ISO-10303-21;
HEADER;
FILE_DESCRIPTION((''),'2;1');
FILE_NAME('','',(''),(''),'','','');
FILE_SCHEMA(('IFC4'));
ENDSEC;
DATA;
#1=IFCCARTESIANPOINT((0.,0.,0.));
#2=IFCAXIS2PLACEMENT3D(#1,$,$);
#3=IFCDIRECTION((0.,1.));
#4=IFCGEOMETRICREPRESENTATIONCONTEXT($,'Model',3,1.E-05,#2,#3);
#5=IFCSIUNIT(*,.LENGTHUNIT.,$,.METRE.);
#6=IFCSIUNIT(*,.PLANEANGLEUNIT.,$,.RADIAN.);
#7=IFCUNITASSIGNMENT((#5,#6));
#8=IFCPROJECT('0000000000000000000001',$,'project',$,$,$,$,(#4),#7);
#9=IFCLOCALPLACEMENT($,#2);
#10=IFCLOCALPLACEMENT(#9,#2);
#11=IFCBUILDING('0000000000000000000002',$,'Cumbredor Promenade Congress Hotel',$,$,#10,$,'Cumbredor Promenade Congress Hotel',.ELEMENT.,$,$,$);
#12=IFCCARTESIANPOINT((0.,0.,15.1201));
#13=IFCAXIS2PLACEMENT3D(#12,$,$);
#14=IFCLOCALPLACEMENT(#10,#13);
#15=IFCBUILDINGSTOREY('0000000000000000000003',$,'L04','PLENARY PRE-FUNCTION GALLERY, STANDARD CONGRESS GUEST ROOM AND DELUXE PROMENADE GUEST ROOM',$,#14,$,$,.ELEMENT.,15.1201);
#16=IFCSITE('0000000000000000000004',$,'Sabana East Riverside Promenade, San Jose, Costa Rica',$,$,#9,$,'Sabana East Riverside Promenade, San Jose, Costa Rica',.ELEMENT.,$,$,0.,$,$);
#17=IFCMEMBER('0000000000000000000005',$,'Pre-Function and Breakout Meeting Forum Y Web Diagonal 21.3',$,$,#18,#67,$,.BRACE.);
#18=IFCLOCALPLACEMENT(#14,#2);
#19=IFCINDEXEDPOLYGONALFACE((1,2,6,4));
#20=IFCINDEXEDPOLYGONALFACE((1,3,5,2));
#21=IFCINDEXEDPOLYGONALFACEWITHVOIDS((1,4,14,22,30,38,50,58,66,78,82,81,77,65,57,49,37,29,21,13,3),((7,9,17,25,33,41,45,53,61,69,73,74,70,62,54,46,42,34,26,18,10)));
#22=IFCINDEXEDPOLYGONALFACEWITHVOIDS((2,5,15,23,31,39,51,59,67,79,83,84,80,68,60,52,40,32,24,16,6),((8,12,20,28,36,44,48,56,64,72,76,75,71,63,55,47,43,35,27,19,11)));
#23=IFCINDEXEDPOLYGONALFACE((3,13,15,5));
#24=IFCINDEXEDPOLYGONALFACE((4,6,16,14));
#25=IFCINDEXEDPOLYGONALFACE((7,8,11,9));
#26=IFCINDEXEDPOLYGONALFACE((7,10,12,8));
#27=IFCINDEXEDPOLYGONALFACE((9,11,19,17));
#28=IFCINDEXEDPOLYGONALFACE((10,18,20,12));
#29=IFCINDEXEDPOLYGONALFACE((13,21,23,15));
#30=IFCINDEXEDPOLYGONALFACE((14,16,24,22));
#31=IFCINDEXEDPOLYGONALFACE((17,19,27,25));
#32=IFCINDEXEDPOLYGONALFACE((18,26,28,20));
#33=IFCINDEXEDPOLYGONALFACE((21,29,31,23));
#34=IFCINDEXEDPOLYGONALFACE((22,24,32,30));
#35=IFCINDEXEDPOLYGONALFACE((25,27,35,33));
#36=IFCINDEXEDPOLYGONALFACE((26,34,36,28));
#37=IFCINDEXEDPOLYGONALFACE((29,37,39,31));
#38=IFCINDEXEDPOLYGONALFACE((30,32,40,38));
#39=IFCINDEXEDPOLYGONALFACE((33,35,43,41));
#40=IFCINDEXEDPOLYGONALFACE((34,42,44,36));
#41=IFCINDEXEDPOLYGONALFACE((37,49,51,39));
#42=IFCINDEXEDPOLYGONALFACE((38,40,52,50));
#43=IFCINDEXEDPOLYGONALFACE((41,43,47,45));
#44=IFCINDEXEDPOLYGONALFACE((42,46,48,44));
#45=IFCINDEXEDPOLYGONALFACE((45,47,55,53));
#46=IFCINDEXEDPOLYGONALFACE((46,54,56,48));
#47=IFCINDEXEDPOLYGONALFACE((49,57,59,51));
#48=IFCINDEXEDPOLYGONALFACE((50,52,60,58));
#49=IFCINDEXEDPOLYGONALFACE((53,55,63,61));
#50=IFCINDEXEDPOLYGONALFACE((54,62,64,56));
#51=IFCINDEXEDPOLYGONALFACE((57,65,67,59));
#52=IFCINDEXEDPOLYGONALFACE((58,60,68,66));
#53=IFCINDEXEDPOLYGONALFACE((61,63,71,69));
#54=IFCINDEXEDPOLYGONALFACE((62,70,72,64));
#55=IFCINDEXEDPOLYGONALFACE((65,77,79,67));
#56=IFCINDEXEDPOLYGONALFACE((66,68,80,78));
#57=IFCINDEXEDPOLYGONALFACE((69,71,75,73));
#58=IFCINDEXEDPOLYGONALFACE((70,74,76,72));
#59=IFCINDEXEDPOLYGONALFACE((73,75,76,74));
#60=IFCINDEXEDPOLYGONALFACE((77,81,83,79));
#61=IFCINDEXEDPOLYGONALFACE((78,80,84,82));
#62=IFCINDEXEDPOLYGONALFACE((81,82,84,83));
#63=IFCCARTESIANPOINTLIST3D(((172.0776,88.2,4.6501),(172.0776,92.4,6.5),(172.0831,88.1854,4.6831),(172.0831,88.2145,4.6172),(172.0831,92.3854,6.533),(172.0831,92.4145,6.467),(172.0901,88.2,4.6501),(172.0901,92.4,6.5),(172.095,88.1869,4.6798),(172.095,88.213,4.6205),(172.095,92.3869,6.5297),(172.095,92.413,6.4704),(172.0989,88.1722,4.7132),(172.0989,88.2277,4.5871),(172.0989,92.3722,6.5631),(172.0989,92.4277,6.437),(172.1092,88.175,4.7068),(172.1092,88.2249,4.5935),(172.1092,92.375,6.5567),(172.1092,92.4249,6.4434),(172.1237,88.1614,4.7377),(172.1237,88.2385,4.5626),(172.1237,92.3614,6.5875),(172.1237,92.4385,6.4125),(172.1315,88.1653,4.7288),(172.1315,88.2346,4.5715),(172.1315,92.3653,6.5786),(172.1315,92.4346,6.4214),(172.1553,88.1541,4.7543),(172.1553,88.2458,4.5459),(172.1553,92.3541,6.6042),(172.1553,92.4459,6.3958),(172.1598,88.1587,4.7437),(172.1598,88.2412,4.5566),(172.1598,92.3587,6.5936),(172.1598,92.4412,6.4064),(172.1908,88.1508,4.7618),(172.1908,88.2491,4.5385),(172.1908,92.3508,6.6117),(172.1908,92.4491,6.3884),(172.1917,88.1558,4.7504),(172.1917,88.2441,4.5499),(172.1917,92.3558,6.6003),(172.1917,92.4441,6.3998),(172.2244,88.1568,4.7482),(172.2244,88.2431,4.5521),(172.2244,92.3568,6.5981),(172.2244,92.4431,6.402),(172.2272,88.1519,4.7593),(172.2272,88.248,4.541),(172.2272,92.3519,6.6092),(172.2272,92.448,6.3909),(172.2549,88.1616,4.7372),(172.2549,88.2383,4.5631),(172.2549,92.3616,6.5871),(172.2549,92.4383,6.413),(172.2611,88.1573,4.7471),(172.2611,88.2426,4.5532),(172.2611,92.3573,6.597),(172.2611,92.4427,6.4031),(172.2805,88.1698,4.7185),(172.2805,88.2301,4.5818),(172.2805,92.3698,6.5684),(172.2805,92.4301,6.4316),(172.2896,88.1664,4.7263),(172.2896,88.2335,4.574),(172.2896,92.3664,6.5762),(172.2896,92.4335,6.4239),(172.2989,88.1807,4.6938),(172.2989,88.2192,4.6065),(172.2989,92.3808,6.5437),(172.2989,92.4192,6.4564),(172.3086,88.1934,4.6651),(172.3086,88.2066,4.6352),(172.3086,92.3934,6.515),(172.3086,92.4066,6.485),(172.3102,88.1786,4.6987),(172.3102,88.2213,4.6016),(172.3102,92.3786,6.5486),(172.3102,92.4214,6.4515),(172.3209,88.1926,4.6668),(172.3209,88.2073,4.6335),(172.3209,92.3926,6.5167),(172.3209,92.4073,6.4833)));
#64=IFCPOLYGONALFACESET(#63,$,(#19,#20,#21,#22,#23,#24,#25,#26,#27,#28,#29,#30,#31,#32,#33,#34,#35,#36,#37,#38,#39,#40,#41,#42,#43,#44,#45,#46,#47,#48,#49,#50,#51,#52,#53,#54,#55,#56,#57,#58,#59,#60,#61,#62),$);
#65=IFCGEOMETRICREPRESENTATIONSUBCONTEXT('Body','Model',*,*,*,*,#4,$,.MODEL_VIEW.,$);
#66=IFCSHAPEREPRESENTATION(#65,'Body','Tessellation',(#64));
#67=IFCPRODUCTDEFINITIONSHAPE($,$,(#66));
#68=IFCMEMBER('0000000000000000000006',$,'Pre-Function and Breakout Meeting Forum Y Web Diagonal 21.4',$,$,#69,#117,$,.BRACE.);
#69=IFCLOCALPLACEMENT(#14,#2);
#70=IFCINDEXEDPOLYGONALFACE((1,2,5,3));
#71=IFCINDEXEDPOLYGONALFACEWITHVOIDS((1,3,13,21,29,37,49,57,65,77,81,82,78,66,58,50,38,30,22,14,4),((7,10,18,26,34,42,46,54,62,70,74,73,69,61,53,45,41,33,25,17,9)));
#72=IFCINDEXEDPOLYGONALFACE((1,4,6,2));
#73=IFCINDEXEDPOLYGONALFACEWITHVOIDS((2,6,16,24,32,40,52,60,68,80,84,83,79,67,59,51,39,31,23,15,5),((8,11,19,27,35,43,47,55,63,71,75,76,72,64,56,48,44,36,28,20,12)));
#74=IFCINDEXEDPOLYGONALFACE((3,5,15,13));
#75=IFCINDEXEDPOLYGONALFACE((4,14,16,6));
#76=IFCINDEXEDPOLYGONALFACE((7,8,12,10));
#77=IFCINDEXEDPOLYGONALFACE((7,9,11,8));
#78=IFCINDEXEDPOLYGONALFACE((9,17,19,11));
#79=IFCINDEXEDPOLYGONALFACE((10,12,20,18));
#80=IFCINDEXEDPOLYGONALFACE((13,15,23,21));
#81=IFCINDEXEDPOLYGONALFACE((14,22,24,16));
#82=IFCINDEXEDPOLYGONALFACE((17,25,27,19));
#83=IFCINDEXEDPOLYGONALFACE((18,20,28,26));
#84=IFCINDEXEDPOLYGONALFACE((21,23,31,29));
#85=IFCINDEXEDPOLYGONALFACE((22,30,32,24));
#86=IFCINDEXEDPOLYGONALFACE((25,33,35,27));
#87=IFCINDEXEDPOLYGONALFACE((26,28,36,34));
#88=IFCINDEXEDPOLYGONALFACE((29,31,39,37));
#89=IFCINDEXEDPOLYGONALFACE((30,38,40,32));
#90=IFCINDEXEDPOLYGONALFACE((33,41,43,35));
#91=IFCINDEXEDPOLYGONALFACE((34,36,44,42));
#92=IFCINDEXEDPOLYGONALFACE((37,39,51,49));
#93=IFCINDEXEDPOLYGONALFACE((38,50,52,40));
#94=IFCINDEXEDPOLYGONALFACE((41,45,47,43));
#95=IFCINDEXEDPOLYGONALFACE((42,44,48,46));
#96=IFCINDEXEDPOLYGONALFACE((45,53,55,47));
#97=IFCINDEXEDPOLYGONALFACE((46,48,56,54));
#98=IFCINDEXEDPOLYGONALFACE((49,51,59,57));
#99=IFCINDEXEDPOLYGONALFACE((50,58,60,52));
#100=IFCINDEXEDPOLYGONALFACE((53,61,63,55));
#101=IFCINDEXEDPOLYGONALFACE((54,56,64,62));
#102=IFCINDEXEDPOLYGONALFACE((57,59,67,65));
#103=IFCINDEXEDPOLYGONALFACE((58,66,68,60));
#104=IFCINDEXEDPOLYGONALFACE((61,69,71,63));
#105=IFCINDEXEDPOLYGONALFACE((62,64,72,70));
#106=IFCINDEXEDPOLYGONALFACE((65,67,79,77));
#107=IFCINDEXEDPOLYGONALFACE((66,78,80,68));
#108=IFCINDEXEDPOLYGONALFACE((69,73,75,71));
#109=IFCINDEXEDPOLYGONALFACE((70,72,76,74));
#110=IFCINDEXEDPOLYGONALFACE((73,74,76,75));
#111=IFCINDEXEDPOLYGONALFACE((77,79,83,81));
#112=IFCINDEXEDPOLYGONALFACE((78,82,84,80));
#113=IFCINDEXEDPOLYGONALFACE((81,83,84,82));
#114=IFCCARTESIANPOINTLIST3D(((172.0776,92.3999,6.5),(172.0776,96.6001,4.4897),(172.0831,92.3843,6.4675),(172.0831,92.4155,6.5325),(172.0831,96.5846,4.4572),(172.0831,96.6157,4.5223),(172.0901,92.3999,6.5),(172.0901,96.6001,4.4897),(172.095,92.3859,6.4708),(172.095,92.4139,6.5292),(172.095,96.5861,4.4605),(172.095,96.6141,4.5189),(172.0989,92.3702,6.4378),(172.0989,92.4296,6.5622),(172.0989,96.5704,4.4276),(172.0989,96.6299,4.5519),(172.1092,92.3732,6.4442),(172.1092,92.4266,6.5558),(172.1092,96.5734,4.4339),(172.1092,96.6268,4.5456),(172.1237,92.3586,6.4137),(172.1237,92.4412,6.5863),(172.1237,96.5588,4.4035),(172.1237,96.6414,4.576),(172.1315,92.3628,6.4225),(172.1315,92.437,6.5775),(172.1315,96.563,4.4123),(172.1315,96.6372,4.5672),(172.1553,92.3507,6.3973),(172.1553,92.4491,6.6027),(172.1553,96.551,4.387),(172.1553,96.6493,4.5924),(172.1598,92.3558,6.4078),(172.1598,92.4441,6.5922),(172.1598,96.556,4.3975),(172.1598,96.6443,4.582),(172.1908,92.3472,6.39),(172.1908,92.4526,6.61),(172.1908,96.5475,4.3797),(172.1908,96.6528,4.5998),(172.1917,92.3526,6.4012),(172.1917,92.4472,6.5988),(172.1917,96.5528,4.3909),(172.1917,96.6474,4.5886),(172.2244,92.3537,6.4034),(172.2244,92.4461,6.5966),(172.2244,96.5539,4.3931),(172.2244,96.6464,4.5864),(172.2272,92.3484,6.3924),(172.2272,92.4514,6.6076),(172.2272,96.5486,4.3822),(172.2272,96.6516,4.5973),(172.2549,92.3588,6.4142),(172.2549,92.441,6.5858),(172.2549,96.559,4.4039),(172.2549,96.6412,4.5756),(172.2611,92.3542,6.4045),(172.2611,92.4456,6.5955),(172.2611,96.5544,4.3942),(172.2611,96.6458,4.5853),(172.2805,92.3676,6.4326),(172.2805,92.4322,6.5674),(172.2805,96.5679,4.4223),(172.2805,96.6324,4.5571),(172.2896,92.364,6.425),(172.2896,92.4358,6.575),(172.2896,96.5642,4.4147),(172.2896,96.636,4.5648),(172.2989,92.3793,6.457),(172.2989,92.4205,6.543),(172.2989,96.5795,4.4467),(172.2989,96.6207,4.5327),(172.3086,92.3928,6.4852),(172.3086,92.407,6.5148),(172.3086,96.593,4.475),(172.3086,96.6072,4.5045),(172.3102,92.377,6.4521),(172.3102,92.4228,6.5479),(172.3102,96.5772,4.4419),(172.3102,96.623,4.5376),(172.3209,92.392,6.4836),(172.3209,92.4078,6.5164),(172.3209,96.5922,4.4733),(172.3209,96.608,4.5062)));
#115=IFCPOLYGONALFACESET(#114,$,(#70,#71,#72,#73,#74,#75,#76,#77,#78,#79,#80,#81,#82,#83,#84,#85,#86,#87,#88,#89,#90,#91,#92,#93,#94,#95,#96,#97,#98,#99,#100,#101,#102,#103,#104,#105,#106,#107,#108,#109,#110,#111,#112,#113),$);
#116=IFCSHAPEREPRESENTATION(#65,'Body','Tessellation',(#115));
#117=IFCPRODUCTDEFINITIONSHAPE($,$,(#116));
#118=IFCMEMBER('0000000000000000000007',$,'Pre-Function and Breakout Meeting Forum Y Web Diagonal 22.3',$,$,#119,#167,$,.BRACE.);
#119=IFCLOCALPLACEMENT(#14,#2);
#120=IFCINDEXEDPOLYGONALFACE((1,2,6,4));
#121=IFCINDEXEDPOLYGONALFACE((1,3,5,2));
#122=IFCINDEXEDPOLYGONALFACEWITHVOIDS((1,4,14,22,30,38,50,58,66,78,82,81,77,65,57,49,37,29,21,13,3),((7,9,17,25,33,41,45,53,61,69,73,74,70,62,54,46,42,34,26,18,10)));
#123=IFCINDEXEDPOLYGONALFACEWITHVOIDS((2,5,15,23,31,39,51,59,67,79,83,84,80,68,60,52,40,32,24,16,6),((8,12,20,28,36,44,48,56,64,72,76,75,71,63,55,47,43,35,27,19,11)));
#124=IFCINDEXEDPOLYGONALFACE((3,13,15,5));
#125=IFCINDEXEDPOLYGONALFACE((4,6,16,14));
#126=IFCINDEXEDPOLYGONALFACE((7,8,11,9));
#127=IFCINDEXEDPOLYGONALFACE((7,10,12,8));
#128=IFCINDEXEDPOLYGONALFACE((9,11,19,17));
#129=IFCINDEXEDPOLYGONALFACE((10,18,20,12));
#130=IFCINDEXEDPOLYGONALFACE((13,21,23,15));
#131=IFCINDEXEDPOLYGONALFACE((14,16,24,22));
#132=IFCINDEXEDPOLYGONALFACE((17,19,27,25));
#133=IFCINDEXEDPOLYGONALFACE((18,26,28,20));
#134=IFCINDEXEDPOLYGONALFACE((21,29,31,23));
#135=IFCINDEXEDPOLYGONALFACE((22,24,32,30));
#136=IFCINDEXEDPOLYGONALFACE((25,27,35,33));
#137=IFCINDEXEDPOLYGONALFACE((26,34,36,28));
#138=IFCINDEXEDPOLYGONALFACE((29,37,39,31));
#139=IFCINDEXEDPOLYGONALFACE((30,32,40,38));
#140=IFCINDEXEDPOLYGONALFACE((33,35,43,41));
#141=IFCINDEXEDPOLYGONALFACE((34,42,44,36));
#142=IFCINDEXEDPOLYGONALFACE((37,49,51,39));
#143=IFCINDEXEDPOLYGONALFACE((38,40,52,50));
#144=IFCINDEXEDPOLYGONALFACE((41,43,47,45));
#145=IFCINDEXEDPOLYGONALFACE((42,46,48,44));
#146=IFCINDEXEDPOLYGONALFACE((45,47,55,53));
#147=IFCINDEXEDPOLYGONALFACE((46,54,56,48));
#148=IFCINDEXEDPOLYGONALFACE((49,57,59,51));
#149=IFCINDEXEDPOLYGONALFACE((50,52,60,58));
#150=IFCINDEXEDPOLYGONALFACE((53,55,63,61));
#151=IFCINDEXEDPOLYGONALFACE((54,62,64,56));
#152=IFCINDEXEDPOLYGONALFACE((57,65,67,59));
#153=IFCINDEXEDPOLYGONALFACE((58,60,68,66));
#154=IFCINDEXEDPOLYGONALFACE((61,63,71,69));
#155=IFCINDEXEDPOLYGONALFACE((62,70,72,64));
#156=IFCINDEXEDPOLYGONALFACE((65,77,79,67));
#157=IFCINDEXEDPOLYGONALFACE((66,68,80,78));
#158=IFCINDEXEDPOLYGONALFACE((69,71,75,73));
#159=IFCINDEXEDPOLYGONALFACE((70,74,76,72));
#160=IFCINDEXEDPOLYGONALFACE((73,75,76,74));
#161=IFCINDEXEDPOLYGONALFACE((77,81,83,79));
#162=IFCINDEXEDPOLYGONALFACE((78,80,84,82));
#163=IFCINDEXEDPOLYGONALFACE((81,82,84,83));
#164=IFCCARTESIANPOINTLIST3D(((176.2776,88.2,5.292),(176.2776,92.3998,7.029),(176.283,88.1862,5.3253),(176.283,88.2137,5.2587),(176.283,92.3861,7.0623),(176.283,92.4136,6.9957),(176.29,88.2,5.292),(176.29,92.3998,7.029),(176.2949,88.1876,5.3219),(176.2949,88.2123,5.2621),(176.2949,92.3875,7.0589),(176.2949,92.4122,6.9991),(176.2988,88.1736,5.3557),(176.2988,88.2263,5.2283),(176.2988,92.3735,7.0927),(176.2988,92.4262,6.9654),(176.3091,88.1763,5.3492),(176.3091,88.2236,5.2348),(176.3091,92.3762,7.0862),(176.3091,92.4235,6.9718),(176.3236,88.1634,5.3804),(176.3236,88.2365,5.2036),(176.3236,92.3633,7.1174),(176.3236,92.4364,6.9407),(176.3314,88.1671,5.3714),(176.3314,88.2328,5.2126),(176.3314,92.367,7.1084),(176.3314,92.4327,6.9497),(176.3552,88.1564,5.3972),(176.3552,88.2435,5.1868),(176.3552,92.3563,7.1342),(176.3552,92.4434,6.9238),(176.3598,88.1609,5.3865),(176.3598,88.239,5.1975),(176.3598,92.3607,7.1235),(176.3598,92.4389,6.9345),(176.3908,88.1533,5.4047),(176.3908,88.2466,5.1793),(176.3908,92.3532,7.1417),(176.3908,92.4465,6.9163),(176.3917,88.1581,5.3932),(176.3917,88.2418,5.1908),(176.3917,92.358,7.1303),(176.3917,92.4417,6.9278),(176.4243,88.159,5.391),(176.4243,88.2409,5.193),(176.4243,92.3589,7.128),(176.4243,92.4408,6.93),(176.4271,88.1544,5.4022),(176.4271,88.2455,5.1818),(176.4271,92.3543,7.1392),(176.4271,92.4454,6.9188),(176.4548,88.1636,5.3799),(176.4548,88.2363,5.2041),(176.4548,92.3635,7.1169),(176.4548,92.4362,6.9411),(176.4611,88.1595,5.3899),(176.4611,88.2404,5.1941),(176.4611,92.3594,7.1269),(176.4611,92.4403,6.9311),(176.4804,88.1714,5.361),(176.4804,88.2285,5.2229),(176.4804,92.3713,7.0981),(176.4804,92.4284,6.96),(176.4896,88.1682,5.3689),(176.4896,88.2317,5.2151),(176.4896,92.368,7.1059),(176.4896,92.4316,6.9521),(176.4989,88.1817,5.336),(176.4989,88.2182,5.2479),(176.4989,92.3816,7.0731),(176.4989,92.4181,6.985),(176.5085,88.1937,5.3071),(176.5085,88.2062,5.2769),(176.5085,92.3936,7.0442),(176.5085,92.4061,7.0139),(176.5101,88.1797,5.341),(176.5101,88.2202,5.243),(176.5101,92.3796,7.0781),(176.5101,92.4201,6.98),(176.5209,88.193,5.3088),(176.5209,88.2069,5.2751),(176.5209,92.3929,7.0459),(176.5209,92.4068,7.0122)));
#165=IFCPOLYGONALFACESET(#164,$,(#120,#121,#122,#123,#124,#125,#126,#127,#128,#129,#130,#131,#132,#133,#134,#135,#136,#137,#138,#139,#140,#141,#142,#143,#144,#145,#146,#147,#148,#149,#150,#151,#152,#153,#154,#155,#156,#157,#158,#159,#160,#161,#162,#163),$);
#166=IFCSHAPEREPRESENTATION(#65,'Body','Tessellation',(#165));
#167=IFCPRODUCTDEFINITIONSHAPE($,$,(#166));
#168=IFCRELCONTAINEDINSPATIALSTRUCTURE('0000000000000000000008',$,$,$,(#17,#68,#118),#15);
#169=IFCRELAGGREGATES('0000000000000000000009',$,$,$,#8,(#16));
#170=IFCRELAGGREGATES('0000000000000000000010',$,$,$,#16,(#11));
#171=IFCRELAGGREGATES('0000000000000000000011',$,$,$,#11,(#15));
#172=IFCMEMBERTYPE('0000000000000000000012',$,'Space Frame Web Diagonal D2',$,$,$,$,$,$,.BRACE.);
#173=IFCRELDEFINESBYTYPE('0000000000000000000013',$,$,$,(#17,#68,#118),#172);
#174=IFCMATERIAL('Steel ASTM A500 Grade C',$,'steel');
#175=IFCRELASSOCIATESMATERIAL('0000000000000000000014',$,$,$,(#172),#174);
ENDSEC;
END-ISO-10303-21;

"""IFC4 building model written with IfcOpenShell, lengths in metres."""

from ifc_helpers import new_model, si_unit, direction, frame, origin, origin_2d, place, context, subcontext, project, spatial, hollow_circle, extrude, material, material_profile, profile_set, type_object, element, save


model = new_model("IFC4")

# Units and contexts
model_context = context("Model", 3, precision=1e-05, world=origin(), true_north=direction((0.0, 1.0)))
body_context = subcontext(model_context, "Body", "Model", "MODEL_VIEW")
ifc_project = project(units=[si_unit("LENGTHUNIT", "METRE"), si_unit("PLANEANGLEUNIT", "RADIAN")], contexts=[model_context])

# Site, building, storey
site_placement = place(None, origin())
site = spatial("IfcSite", under=ifc_project, at=site_placement, Name="Sabana East Riverside Promenade, San Jose, Costa Rica", LongName="Sabana East Riverside Promenade, San Jose, Costa Rica", CompositionType="ELEMENT", RefElevation=0.0)
building_placement = place(site_placement, origin())
building = spatial("IfcBuilding", under=site, at=building_placement, Name="Cumbredor Promenade Congress Hotel", LongName="Cumbredor Promenade Congress Hotel", CompositionType="ELEMENT")
storey_placement = place(building_placement, frame((0.0, 0.0, 15.1201)))
storey = spatial("IfcBuildingStorey", under=building, at=storey_placement, Name="L04", Description="PLENARY PRE-FUNCTION GALLERY, STANDARD CONGRESS GUEST ROOM AND DELUXE PROMENADE GUEST ROOM", CompositionType="ELEMENT", Elevation=15.1201)

# Members
ifc_material_1 = material(Name="Steel ASTM A500 Grade C", Category="steel")
ifc_material_profile_1 = material_profile(ifc_material_1, hollow_circle(Radius=0.1223, WallThickness=0.0125, at=origin_2d()), Name="CHS 244.5x12.5")
ifc_profile_set_1 = profile_set([ifc_material_profile_1], Name="Steel ASTM A500 Grade C")
member_type_1 = type_object("IfcMemberType", Name="Space Frame Web Diagonal D2", PredefinedType="BRACE", material=ifc_profile_set_1)
member_1_placement = place(storey_placement, frame((172.2, 88.2, 4.6501), z_axis=(0.0, 0.915164, 0.403081), x_axis=(-1.0, 0.0, 0.0)))
element("IfcMember", 1, at=member_1_placement, inside=storey, type_object=member_type_1, Name="Pre-Function and Breakout Meeting Forum Y Web Diagonal 21.3", PredefinedType="BRACE", context=body_context, shape_type="SweptSolid", body=[
    extrude(hollow_circle(Radius=0.1223, WallThickness=0.0125, at=origin_2d()), origin(), (0.0, 0.0, 1.0), 4.5894),
])
member_2_placement = place(storey_placement, frame((172.2, 92.3999, 6.5), z_axis=(0.0, 0.902012, -0.431712), x_axis=(-1.0, 0.0, 0.0)))
element("IfcMember", 2, at=member_2_placement, inside=storey, type_object=member_type_1, Name="Pre-Function and Breakout Meeting Forum Y Web Diagonal 21.4", PredefinedType="BRACE", context=body_context, shape_type="SweptSolid", body=[
    extrude(hollow_circle(Radius=0.1223, WallThickness=0.0125, at=origin_2d()), origin(), (0.0, 0.0, 1.0), 4.6565),
])
member_3_placement = place(storey_placement, frame((176.3999, 88.2, 5.292), z_axis=(0.0, 0.924083, 0.382192), x_axis=(-1.0, 0.0, 0.0)))
element("IfcMember", 3, at=member_3_placement, inside=storey, type_object=member_type_1, Name="Pre-Function and Breakout Meeting Forum Y Web Diagonal 22.3", PredefinedType="BRACE", context=body_context, shape_type="SweptSolid", body=[
    extrude(hollow_circle(Radius=0.1223, WallThickness=0.0125, at=origin_2d()), origin(), (0.0, 0.0, 1.0), 4.5449),
])

save(model, "model.ifc")
